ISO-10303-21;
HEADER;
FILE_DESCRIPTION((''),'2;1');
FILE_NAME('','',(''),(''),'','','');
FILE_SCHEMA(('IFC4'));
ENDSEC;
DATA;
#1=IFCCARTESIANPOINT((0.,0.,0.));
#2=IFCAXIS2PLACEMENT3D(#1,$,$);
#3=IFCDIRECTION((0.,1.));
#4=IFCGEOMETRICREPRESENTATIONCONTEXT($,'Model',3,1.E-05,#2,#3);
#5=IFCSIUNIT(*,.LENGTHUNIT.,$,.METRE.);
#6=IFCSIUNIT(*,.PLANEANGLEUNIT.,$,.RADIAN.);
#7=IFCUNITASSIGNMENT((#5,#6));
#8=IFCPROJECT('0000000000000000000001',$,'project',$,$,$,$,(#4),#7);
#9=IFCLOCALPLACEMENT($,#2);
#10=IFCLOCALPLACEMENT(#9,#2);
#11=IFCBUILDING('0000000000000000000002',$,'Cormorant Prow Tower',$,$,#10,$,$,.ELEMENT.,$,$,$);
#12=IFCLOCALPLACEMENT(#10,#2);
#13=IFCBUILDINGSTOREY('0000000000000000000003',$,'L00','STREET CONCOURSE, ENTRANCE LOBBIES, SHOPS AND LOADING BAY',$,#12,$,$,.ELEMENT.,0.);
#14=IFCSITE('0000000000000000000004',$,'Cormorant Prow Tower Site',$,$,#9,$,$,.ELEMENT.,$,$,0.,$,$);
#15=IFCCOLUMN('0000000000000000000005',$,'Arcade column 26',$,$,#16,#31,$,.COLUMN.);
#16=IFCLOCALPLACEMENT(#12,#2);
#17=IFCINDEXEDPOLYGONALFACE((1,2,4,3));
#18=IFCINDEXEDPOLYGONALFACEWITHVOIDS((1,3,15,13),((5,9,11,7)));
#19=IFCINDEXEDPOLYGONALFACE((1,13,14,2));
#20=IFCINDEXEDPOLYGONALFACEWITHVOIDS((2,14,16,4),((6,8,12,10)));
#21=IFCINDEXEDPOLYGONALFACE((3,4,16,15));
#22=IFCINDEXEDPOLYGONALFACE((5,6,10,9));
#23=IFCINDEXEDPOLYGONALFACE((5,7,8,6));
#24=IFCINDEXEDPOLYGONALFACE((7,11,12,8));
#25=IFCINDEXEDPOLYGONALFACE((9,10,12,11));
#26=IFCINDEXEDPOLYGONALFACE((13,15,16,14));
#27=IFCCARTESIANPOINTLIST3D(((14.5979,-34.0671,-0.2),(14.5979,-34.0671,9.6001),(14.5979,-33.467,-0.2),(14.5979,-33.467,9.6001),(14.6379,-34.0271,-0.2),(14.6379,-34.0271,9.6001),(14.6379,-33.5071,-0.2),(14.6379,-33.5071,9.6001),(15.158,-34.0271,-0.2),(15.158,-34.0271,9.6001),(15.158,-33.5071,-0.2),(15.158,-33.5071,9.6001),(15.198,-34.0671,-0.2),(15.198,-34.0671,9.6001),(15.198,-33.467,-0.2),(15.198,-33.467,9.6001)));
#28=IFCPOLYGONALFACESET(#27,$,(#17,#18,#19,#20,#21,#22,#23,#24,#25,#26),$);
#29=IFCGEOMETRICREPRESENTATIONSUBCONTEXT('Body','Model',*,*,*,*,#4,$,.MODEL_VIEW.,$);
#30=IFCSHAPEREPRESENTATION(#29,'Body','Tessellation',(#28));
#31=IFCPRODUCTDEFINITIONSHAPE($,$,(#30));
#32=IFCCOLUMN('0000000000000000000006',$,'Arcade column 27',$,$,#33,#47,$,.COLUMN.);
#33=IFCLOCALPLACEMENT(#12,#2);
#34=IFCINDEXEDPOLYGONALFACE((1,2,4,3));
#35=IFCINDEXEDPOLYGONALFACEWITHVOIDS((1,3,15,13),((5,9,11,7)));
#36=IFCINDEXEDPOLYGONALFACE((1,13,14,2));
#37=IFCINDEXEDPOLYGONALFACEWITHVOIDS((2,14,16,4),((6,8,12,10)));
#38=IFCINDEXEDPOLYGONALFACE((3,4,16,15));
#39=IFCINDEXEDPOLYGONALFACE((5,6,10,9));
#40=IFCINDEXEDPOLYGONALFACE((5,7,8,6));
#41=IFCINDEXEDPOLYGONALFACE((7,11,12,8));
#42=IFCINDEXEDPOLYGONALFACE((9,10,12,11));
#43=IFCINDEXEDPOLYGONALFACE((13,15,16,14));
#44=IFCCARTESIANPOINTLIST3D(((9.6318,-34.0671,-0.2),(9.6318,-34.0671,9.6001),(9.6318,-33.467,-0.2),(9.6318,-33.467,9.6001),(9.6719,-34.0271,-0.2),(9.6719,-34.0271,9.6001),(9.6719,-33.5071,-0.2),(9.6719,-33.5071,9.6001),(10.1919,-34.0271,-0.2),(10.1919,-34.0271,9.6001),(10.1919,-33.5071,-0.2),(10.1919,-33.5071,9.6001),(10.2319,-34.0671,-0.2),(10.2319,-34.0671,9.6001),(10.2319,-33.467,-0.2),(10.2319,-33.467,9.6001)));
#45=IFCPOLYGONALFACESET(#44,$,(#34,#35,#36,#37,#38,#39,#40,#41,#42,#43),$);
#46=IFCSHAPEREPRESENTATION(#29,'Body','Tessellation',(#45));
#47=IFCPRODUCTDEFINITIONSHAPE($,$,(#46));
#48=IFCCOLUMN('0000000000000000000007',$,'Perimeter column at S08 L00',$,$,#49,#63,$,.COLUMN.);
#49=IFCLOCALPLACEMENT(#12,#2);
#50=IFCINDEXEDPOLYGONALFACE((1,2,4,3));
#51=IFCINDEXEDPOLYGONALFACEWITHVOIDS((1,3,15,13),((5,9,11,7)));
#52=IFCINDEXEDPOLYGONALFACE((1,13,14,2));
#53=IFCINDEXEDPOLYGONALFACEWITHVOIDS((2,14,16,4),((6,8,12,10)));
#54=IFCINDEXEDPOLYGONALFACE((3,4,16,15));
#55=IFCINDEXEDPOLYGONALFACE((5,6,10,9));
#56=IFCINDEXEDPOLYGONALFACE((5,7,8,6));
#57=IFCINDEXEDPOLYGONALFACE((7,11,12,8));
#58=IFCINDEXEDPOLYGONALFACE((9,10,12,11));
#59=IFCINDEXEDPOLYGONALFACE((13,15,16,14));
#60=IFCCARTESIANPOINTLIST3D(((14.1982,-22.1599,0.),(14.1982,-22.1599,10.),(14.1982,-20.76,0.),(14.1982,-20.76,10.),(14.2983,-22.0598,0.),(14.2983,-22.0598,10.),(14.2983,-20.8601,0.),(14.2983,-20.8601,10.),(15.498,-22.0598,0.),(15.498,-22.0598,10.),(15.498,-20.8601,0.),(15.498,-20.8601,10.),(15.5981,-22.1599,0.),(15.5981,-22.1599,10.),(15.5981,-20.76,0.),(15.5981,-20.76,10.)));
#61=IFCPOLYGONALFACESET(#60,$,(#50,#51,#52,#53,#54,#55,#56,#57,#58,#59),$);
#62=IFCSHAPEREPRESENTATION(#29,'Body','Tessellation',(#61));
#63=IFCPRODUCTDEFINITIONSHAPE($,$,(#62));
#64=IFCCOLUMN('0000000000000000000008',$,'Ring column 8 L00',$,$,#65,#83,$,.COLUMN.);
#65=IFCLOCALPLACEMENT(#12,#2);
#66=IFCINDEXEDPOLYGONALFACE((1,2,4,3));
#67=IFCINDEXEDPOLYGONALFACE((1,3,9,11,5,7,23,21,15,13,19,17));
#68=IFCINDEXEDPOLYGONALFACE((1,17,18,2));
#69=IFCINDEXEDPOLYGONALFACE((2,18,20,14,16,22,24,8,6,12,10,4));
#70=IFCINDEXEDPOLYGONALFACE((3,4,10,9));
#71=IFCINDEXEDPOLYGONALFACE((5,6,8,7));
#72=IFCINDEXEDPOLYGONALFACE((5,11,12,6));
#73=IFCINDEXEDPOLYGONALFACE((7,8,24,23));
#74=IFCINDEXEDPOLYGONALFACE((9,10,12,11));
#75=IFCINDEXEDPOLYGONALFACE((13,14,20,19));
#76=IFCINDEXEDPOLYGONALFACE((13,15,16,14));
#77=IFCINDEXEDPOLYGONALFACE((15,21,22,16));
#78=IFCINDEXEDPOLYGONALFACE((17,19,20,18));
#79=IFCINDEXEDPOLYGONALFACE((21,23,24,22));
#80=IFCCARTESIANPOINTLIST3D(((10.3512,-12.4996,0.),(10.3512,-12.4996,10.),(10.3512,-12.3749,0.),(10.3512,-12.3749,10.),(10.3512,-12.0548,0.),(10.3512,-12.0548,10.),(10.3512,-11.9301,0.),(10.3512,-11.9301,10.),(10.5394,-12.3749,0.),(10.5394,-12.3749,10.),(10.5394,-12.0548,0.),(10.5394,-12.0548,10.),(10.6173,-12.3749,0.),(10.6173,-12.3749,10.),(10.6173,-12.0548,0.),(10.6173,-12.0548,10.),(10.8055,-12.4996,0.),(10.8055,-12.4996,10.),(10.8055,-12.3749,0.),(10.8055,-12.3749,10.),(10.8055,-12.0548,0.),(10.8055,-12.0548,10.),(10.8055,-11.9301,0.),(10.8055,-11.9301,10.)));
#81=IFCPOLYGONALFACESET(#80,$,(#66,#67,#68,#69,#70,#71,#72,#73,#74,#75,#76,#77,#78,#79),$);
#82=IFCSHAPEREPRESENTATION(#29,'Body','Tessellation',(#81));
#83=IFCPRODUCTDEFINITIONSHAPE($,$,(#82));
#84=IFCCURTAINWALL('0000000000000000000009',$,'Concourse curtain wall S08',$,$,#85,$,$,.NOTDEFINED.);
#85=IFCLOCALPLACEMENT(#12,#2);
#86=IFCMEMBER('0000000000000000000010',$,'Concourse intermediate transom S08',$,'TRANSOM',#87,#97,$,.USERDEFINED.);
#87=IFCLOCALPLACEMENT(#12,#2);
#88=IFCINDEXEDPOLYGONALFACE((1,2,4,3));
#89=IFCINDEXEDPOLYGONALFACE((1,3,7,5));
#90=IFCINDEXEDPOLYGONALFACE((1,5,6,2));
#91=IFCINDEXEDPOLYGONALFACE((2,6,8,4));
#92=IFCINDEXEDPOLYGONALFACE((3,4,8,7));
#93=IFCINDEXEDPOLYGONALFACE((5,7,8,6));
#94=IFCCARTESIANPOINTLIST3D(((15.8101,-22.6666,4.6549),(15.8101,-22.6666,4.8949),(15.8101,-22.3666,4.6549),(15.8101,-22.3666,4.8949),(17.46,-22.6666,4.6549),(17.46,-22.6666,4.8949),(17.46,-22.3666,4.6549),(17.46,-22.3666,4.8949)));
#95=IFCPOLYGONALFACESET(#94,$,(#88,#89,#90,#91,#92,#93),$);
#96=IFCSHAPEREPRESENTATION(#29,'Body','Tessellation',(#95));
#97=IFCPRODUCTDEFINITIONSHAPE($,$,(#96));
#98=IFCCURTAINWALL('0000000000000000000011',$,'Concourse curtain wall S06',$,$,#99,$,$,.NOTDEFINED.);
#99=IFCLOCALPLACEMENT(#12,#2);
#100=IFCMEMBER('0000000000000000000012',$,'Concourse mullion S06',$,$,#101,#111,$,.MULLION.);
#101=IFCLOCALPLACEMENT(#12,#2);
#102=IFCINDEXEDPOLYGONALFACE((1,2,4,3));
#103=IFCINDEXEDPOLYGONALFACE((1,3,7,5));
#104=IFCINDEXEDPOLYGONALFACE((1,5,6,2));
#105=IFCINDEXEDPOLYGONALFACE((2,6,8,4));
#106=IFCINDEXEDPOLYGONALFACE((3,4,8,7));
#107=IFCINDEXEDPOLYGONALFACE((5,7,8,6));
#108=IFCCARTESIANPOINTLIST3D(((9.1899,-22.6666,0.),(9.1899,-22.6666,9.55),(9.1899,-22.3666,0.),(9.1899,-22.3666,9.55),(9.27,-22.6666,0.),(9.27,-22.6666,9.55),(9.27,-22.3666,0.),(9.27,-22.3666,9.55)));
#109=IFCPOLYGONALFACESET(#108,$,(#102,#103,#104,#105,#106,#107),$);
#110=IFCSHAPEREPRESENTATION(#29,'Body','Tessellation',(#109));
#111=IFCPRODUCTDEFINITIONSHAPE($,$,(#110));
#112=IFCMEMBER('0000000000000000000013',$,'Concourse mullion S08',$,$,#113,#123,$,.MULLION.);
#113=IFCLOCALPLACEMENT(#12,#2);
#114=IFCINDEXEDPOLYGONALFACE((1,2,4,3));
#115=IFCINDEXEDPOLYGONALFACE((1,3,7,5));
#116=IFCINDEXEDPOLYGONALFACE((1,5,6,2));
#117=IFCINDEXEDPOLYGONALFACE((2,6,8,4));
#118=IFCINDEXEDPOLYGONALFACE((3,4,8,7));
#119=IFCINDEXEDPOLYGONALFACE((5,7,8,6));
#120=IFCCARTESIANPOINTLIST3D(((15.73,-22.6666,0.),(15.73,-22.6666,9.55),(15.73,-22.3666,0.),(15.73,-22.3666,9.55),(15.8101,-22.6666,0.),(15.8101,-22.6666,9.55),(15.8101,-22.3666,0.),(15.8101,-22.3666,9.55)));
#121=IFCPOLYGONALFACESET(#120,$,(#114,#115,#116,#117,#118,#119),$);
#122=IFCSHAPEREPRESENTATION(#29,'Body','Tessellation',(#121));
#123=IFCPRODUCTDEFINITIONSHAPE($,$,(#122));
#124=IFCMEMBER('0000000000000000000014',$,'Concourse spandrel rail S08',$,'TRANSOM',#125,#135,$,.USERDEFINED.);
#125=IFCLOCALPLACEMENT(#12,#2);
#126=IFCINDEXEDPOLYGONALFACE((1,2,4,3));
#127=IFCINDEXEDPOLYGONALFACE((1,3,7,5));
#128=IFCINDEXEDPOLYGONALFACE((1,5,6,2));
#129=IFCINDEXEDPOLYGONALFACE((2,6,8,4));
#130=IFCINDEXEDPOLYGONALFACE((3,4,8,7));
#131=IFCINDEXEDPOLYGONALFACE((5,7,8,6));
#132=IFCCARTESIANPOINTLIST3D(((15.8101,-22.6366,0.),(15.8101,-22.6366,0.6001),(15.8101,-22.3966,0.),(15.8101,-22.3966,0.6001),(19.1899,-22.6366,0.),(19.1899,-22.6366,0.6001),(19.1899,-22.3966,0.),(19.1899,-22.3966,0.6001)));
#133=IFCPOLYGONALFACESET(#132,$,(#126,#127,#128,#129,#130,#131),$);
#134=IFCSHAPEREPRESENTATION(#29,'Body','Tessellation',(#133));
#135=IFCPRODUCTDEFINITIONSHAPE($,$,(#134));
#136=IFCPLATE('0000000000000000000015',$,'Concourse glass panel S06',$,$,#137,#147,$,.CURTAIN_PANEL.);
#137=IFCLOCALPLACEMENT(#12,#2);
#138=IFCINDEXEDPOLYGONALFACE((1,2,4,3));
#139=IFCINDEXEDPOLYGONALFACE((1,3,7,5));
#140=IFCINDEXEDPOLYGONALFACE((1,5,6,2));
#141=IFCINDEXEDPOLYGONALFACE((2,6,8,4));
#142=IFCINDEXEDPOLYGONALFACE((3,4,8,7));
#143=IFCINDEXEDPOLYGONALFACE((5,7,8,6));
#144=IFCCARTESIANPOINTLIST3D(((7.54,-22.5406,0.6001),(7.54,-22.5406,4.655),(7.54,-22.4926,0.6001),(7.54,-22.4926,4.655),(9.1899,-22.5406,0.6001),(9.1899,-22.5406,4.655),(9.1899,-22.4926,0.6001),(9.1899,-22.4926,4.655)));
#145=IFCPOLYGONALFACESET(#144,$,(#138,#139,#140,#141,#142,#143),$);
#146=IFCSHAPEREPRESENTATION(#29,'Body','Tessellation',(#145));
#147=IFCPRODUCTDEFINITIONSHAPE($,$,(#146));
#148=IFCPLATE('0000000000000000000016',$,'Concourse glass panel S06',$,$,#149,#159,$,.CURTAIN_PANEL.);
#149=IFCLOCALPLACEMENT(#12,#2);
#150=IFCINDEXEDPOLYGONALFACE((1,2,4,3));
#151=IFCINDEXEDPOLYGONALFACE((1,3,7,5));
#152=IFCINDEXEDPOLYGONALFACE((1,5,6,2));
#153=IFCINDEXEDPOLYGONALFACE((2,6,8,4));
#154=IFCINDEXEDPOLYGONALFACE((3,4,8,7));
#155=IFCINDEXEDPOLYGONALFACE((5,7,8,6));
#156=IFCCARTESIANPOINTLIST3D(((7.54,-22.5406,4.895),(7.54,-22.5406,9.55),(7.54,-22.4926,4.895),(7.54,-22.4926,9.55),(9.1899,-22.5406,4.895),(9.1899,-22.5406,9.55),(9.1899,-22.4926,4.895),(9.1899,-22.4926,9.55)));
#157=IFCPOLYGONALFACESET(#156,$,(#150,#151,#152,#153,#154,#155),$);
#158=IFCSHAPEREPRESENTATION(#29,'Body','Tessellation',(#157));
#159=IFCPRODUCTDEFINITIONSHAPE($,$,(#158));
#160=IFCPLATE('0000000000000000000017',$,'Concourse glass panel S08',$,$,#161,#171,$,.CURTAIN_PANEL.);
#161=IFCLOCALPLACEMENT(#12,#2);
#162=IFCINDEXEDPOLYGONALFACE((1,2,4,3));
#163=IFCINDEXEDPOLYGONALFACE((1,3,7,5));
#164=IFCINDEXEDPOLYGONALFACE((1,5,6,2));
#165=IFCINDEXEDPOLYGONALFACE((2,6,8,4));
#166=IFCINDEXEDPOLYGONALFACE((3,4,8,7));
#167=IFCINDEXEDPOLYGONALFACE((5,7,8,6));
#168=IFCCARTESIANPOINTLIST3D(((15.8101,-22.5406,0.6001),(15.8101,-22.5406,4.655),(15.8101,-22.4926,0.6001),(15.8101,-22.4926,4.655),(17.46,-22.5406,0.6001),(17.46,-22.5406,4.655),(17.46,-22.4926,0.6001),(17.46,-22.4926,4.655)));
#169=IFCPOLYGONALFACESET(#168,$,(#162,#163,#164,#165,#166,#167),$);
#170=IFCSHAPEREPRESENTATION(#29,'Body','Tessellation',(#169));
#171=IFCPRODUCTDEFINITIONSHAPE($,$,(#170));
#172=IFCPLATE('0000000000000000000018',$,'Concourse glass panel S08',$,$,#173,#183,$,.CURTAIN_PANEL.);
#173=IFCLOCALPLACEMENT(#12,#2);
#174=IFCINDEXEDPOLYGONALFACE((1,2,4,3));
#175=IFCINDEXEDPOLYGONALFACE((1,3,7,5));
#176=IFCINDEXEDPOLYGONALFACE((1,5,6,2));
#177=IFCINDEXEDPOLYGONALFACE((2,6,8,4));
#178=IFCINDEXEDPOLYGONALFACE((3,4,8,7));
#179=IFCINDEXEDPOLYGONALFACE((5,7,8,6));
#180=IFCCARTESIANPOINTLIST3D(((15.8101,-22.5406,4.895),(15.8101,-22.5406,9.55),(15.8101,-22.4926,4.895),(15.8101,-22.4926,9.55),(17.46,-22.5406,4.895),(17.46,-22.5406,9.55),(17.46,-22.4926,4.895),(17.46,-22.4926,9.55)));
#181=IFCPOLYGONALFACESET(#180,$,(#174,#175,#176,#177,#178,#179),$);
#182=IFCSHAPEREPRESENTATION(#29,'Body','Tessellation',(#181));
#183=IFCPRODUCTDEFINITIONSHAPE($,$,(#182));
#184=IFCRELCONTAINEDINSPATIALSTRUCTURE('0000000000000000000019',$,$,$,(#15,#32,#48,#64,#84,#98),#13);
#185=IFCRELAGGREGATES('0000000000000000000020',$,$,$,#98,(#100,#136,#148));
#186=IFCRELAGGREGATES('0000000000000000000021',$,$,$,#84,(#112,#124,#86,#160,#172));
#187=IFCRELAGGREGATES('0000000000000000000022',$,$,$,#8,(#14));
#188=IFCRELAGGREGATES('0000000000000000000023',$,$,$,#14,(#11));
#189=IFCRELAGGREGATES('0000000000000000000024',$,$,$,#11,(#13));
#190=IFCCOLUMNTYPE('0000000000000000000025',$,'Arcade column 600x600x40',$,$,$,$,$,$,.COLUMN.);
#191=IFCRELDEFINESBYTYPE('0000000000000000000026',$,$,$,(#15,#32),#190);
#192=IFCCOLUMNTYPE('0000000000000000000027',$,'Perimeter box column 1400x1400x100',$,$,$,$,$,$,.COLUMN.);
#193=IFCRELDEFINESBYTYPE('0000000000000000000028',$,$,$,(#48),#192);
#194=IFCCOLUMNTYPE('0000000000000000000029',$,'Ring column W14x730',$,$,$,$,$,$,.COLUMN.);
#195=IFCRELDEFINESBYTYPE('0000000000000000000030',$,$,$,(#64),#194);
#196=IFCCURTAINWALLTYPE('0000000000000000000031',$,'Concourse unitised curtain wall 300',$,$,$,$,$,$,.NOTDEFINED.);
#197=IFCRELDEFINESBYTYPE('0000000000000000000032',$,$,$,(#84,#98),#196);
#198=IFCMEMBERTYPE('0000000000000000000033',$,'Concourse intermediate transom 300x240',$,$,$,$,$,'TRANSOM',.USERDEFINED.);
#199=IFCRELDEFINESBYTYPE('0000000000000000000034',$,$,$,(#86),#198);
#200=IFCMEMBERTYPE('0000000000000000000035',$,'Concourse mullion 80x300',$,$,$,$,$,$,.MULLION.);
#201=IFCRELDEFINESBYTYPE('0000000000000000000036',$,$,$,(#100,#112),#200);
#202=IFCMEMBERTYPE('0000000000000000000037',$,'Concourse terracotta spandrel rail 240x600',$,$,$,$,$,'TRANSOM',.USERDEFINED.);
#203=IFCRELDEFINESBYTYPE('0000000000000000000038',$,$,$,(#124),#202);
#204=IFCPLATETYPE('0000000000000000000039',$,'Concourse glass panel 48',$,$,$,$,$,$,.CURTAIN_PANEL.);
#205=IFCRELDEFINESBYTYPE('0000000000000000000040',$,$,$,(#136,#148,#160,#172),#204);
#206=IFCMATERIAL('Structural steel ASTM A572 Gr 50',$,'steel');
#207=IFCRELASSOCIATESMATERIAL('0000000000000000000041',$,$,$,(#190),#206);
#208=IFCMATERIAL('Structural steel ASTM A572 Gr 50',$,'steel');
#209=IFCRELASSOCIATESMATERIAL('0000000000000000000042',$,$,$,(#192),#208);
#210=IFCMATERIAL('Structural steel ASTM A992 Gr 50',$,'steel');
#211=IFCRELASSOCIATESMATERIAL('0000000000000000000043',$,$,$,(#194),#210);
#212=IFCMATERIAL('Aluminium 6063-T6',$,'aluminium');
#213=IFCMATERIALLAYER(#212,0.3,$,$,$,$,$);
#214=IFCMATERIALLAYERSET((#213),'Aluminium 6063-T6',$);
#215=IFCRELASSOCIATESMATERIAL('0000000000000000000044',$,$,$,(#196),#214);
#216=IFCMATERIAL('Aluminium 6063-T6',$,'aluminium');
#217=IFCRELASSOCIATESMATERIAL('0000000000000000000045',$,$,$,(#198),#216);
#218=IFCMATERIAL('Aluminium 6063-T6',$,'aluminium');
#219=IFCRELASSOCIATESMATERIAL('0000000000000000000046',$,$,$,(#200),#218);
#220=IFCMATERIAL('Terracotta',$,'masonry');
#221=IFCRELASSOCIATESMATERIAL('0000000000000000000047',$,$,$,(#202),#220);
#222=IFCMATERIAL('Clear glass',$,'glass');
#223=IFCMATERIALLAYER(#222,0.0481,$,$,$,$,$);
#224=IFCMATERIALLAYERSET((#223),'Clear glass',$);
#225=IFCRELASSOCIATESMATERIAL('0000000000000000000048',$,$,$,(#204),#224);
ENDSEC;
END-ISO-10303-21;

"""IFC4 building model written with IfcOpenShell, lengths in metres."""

from ifc_helpers import new_model, si_unit, direction, frame, origin, origin_2d, place, context, subcontext, project, spatial, rectangle, hollow_rectangle, i_section, extrude, material, layer, layer_set, material_profile, profile_set, type_object, element, aggregate, save


model = new_model("IFC4")

# Units and contexts
model_context = context("Model", 3, precision=1e-05, world=origin(), true_north=direction((0.0, 1.0)))
body_context = subcontext(model_context, "Body", "Model", "MODEL_VIEW")
ifc_project = project(units=[si_unit("LENGTHUNIT", "METRE"), si_unit("PLANEANGLEUNIT", "RADIAN")], contexts=[model_context])

# Site, building, storey
site_placement = place(None, origin())
site = spatial("IfcSite", under=ifc_project, at=site_placement, Name="Cormorant Prow Tower Site", CompositionType="ELEMENT", RefElevation=0.0)
building_placement = place(site_placement, origin())
building = spatial("IfcBuilding", under=site, at=building_placement, Name="Cormorant Prow Tower", CompositionType="ELEMENT")
storey_placement = place(building_placement, origin())
storey = spatial("IfcBuildingStorey", under=building, at=storey_placement, Name="L00", Description="STREET CONCOURSE, ENTRANCE LOBBIES, SHOPS AND LOADING BAY", CompositionType="ELEMENT", Elevation=0.0)

# Columns
ifc_material_1 = material(Name="Structural steel ASTM A572 Gr 50", Category="steel")
ifc_material_profile_1 = material_profile(ifc_material_1, hollow_rectangle(XDim=0.6001, YDim=0.6001, WallThickness=0.04, at=origin_2d()), Name="Box 600x600x40")
ifc_profile_set_1 = profile_set([ifc_material_profile_1], Name="Structural steel ASTM A572 Gr 50")
column_type_1 = type_object("IfcColumnType", Name="Arcade column 600x600x40", PredefinedType="COLUMN", material=ifc_profile_set_1)
for number, where, z_axis, x_axis, name in (
    (1, (14.8979, -33.7671, -0.2), (0.0, 0.0, 1.0), (1.0, 0.0, 0.0), "Arcade column 26"),
    (2, (9.9319, -33.7671, -0.2), (0.0, 0.0, 1.0), (1.0, 0.0, 0.0), "Arcade column 27"),
):
    element("IfcColumn", number, at=place(storey_placement, frame(where, z_axis=z_axis, x_axis=x_axis)), inside=storey, type_object=column_type_1, Name=name, PredefinedType="COLUMN", context=body_context, shape_type="SweptSolid", body=[
        extrude(hollow_rectangle(XDim=0.6001, YDim=0.6001, WallThickness=0.04, at=origin_2d()), origin(), (0.0, 0.0, 1.0), 9.8),
    ])
ifc_material_2 = material(Name="Structural steel ASTM A572 Gr 50", Category="steel")
ifc_material_profile_2 = material_profile(ifc_material_2, hollow_rectangle(XDim=1.3999, YDim=1.3999, WallThickness=0.1001, at=origin_2d()), Name="Box 1400x1400x100")
ifc_profile_set_2 = profile_set([ifc_material_profile_2], Name="Structural steel ASTM A572 Gr 50")
column_type_2 = type_object("IfcColumnType", Name="Perimeter box column 1400x1400x100", PredefinedType="COLUMN", material=ifc_profile_set_2)
column_1_placement = place(storey_placement, frame((14.8982, -21.46, 0.0), z_axis=(0.0, 0.0, 1.0), x_axis=(1.0, 0.0, 0.0)))
element("IfcColumn", 3, at=column_1_placement, inside=storey, type_object=column_type_2, Name="Perimeter column at S08 L00", PredefinedType="COLUMN", context=body_context, shape_type="SweptSolid", body=[
    extrude(hollow_rectangle(XDim=1.3999, YDim=1.3999, WallThickness=0.1001, at=origin_2d()), origin(), (0.0, 0.0, 1.0), 10.0),
])
ifc_material_3 = material(Name="Structural steel ASTM A992 Gr 50", Category="steel")
ifc_material_profile_3 = material_profile(ifc_material_3, i_section(OverallWidth=0.4543, OverallDepth=0.5696, WebThickness=0.0779, FlangeThickness=0.1248, at=origin_2d()), Name="W14x730")
ifc_profile_set_3 = profile_set([ifc_material_profile_3], Name="Structural steel ASTM A992 Gr 50")
column_type_3 = type_object("IfcColumnType", Name="Ring column W14x730", PredefinedType="COLUMN", material=ifc_profile_set_3)
column_2_placement = place(storey_placement, frame((10.5784, -12.2148, 0.0), z_axis=(0.0, 0.0, 1.0), x_axis=(1.0, 0.0, 0.0)))
element("IfcColumn", 4, at=column_2_placement, inside=storey, type_object=column_type_3, Name="Ring column 8 L00", PredefinedType="COLUMN", context=body_context, shape_type="SweptSolid", body=[
    extrude(i_section(OverallWidth=0.4543, OverallDepth=0.5696, WebThickness=0.0779, FlangeThickness=0.1248, at=origin_2d()), origin(), (0.0, 0.0, 1.0), 10.0),
])

# Curtain walls, members
ifc_material_4 = material(Name="Aluminium 6063-T6", Category="aluminium")
ifc_layer_1 = layer(ifc_material_4, 0.3)
ifc_layer_set_1 = layer_set([ifc_layer_1], Name="Aluminium 6063-T6")
curtain_wall_type = type_object("IfcCurtainWallType", Name="Concourse unitised curtain wall 300", PredefinedType="NOTDEFINED", material=ifc_layer_set_1)
curtain_wall_1_placement = place(storey_placement, origin())
curtain_wall_1 = element("IfcCurtainWall", 5, at=curtain_wall_1_placement, inside=storey, type_object=curtain_wall_type, Name="Concourse curtain wall S08", PredefinedType="NOTDEFINED")
ifc_material_5 = material(Name="Aluminium 6063-T6", Category="aluminium")
ifc_material_profile_4 = material_profile(ifc_material_5, rectangle(XDim=0.3, YDim=0.24, at=origin_2d()), Name="Concourse intermediate transom 300x240")
ifc_profile_set_4 = profile_set([ifc_material_profile_4], Name="Aluminium 6063-T6")
member_type_1 = type_object("IfcMemberType", Name="Concourse intermediate transom 300x240", ElementType="TRANSOM", PredefinedType="USERDEFINED", material=ifc_profile_set_4)
member_1_placement = place(storey_placement, frame((15.8101, -22.5166, 4.7749), z_axis=(1.0, 0.0, 0.0), x_axis=(0.0, 1.0, 0.0)))
member_1 = element("IfcMember", 6, at=member_1_placement, type_object=member_type_1, Name="Concourse intermediate transom S08", ObjectType="TRANSOM", PredefinedType="USERDEFINED", context=body_context, shape_type="SweptSolid", body=[
    extrude(rectangle(XDim=0.3, YDim=0.24, at=origin_2d()), origin(), (0.0, 0.0, 1.0), 1.6499),
])
curtain_wall_2_placement = place(storey_placement, origin())
curtain_wall_2 = element("IfcCurtainWall", 7, at=curtain_wall_2_placement, inside=storey, type_object=curtain_wall_type, Name="Concourse curtain wall S06", PredefinedType="NOTDEFINED")
ifc_material_6 = material(Name="Aluminium 6063-T6", Category="aluminium")
ifc_material_profile_5 = material_profile(ifc_material_6, rectangle(XDim=0.3, YDim=0.0801, at=origin_2d()), Name="Concourse mullion 80x300")
ifc_profile_set_5 = profile_set([ifc_material_profile_5], Name="Aluminium 6063-T6")
member_type_2 = type_object("IfcMemberType", Name="Concourse mullion 80x300", PredefinedType="MULLION", material=ifc_profile_set_5)
member_2_placement = place(storey_placement, frame((9.23, -22.5166, 0.0), z_axis=(0.0, 0.0, 1.0), x_axis=(0.0, 1.0, 0.0)))
member_2 = element("IfcMember", 8, at=member_2_placement, type_object=member_type_2, Name="Concourse mullion S06", PredefinedType="MULLION", context=body_context, shape_type="SweptSolid", body=[
    extrude(rectangle(XDim=0.3, YDim=0.0801, at=origin_2d()), origin(), (0.0, 0.0, 1.0), 9.55),
])

# Members
member_3_placement = place(storey_placement, frame((15.77, -22.5166, 0.0), z_axis=(0.0, 0.0, 1.0), x_axis=(0.0, 1.0, 0.0)))
member_3 = element("IfcMember", 9, at=member_3_placement, type_object=member_type_2, Name="Concourse mullion S08", PredefinedType="MULLION", context=body_context, shape_type="SweptSolid", body=[
    extrude(rectangle(XDim=0.3, YDim=0.0801, at=origin_2d()), origin(), (0.0, 0.0, 1.0), 9.55),
])
ifc_material_7 = material(Name="Terracotta", Category="masonry")
ifc_material_profile_6 = material_profile(ifc_material_7, rectangle(XDim=0.24, YDim=0.6001, at=origin_2d()), Name="Concourse terracotta spandrel rail 240x600")
ifc_profile_set_6 = profile_set([ifc_material_profile_6], Name="Terracotta")
member_type_3 = type_object("IfcMemberType", Name="Concourse terracotta spandrel rail 240x600", ElementType="TRANSOM", PredefinedType="USERDEFINED", material=ifc_profile_set_6)
member_4_placement = place(storey_placement, frame((15.8101, -22.5166, 0.3), z_axis=(1.0, 0.0, 0.0), x_axis=(0.0, 1.0, 0.0)))
member_4 = element("IfcMember", 10, at=member_4_placement, type_object=member_type_3, Name="Concourse spandrel rail S08", ObjectType="TRANSOM", PredefinedType="USERDEFINED", context=body_context, shape_type="SweptSolid", body=[
    extrude(rectangle(XDim=0.24, YDim=0.6001, at=origin_2d()), origin(), (0.0, 0.0, 1.0), 3.3799),
])

# Plates
ifc_material_8 = material(Name="Clear glass", Category="glass")
ifc_layer_2 = layer(ifc_material_8, 0.0481)
ifc_layer_set_2 = layer_set([ifc_layer_2], Name="Clear glass")
plate_type = type_object("IfcPlateType", Name="Concourse glass panel 48", PredefinedType="CURTAIN_PANEL", material=ifc_layer_set_2)
plate_1_placement = place(storey_placement, frame((8.365, -22.5166, 0.6001), z_axis=(0.0, 0.0, 1.0), x_axis=(1.0, 0.0, 0.0)))
plate_1 = element("IfcPlate", 11, at=plate_1_placement, type_object=plate_type, Name="Concourse glass panel S06", PredefinedType="CURTAIN_PANEL", context=body_context, shape_type="SweptSolid", body=[
    extrude(rectangle(XDim=1.6499, YDim=0.0481, at=origin_2d()), origin(), (0.0, 0.0, 1.0), 4.0549),
])
plate_2_placement = place(storey_placement, frame((8.365, -22.5166, 4.895), z_axis=(0.0, 0.0, 1.0), x_axis=(1.0, 0.0, 0.0)))
plate_2 = element("IfcPlate", 12, at=plate_2_placement, type_object=plate_type, Name="Concourse glass panel S06", PredefinedType="CURTAIN_PANEL", context=body_context, shape_type="SweptSolid", body=[
    extrude(rectangle(XDim=1.6499, YDim=0.0481, at=origin_2d()), origin(), (0.0, 0.0, 1.0), 4.655),
])
aggregate(curtain_wall_2, [member_2, plate_1, plate_2])
plate_3_placement = place(storey_placement, frame((16.635, -22.5166, 0.6001), z_axis=(0.0, 0.0, 1.0), x_axis=(1.0, 0.0, 0.0)))
plate_3 = element("IfcPlate", 13, at=plate_3_placement, type_object=plate_type, Name="Concourse glass panel S08", PredefinedType="CURTAIN_PANEL", context=body_context, shape_type="SweptSolid", body=[
    extrude(rectangle(XDim=1.6499, YDim=0.0481, at=origin_2d()), origin(), (0.0, 0.0, 1.0), 4.0549),
])
plate_4_placement = place(storey_placement, frame((16.635, -22.5166, 4.895), z_axis=(0.0, 0.0, 1.0), x_axis=(1.0, 0.0, 0.0)))
plate_4 = element("IfcPlate", 14, at=plate_4_placement, type_object=plate_type, Name="Concourse glass panel S08", PredefinedType="CURTAIN_PANEL", context=body_context, shape_type="SweptSolid", body=[
    extrude(rectangle(XDim=1.6499, YDim=0.0481, at=origin_2d()), origin(), (0.0, 0.0, 1.0), 4.655),
])
aggregate(curtain_wall_1, [member_3, member_4, member_1, plate_3, plate_4])

save(model, "model.ifc")
